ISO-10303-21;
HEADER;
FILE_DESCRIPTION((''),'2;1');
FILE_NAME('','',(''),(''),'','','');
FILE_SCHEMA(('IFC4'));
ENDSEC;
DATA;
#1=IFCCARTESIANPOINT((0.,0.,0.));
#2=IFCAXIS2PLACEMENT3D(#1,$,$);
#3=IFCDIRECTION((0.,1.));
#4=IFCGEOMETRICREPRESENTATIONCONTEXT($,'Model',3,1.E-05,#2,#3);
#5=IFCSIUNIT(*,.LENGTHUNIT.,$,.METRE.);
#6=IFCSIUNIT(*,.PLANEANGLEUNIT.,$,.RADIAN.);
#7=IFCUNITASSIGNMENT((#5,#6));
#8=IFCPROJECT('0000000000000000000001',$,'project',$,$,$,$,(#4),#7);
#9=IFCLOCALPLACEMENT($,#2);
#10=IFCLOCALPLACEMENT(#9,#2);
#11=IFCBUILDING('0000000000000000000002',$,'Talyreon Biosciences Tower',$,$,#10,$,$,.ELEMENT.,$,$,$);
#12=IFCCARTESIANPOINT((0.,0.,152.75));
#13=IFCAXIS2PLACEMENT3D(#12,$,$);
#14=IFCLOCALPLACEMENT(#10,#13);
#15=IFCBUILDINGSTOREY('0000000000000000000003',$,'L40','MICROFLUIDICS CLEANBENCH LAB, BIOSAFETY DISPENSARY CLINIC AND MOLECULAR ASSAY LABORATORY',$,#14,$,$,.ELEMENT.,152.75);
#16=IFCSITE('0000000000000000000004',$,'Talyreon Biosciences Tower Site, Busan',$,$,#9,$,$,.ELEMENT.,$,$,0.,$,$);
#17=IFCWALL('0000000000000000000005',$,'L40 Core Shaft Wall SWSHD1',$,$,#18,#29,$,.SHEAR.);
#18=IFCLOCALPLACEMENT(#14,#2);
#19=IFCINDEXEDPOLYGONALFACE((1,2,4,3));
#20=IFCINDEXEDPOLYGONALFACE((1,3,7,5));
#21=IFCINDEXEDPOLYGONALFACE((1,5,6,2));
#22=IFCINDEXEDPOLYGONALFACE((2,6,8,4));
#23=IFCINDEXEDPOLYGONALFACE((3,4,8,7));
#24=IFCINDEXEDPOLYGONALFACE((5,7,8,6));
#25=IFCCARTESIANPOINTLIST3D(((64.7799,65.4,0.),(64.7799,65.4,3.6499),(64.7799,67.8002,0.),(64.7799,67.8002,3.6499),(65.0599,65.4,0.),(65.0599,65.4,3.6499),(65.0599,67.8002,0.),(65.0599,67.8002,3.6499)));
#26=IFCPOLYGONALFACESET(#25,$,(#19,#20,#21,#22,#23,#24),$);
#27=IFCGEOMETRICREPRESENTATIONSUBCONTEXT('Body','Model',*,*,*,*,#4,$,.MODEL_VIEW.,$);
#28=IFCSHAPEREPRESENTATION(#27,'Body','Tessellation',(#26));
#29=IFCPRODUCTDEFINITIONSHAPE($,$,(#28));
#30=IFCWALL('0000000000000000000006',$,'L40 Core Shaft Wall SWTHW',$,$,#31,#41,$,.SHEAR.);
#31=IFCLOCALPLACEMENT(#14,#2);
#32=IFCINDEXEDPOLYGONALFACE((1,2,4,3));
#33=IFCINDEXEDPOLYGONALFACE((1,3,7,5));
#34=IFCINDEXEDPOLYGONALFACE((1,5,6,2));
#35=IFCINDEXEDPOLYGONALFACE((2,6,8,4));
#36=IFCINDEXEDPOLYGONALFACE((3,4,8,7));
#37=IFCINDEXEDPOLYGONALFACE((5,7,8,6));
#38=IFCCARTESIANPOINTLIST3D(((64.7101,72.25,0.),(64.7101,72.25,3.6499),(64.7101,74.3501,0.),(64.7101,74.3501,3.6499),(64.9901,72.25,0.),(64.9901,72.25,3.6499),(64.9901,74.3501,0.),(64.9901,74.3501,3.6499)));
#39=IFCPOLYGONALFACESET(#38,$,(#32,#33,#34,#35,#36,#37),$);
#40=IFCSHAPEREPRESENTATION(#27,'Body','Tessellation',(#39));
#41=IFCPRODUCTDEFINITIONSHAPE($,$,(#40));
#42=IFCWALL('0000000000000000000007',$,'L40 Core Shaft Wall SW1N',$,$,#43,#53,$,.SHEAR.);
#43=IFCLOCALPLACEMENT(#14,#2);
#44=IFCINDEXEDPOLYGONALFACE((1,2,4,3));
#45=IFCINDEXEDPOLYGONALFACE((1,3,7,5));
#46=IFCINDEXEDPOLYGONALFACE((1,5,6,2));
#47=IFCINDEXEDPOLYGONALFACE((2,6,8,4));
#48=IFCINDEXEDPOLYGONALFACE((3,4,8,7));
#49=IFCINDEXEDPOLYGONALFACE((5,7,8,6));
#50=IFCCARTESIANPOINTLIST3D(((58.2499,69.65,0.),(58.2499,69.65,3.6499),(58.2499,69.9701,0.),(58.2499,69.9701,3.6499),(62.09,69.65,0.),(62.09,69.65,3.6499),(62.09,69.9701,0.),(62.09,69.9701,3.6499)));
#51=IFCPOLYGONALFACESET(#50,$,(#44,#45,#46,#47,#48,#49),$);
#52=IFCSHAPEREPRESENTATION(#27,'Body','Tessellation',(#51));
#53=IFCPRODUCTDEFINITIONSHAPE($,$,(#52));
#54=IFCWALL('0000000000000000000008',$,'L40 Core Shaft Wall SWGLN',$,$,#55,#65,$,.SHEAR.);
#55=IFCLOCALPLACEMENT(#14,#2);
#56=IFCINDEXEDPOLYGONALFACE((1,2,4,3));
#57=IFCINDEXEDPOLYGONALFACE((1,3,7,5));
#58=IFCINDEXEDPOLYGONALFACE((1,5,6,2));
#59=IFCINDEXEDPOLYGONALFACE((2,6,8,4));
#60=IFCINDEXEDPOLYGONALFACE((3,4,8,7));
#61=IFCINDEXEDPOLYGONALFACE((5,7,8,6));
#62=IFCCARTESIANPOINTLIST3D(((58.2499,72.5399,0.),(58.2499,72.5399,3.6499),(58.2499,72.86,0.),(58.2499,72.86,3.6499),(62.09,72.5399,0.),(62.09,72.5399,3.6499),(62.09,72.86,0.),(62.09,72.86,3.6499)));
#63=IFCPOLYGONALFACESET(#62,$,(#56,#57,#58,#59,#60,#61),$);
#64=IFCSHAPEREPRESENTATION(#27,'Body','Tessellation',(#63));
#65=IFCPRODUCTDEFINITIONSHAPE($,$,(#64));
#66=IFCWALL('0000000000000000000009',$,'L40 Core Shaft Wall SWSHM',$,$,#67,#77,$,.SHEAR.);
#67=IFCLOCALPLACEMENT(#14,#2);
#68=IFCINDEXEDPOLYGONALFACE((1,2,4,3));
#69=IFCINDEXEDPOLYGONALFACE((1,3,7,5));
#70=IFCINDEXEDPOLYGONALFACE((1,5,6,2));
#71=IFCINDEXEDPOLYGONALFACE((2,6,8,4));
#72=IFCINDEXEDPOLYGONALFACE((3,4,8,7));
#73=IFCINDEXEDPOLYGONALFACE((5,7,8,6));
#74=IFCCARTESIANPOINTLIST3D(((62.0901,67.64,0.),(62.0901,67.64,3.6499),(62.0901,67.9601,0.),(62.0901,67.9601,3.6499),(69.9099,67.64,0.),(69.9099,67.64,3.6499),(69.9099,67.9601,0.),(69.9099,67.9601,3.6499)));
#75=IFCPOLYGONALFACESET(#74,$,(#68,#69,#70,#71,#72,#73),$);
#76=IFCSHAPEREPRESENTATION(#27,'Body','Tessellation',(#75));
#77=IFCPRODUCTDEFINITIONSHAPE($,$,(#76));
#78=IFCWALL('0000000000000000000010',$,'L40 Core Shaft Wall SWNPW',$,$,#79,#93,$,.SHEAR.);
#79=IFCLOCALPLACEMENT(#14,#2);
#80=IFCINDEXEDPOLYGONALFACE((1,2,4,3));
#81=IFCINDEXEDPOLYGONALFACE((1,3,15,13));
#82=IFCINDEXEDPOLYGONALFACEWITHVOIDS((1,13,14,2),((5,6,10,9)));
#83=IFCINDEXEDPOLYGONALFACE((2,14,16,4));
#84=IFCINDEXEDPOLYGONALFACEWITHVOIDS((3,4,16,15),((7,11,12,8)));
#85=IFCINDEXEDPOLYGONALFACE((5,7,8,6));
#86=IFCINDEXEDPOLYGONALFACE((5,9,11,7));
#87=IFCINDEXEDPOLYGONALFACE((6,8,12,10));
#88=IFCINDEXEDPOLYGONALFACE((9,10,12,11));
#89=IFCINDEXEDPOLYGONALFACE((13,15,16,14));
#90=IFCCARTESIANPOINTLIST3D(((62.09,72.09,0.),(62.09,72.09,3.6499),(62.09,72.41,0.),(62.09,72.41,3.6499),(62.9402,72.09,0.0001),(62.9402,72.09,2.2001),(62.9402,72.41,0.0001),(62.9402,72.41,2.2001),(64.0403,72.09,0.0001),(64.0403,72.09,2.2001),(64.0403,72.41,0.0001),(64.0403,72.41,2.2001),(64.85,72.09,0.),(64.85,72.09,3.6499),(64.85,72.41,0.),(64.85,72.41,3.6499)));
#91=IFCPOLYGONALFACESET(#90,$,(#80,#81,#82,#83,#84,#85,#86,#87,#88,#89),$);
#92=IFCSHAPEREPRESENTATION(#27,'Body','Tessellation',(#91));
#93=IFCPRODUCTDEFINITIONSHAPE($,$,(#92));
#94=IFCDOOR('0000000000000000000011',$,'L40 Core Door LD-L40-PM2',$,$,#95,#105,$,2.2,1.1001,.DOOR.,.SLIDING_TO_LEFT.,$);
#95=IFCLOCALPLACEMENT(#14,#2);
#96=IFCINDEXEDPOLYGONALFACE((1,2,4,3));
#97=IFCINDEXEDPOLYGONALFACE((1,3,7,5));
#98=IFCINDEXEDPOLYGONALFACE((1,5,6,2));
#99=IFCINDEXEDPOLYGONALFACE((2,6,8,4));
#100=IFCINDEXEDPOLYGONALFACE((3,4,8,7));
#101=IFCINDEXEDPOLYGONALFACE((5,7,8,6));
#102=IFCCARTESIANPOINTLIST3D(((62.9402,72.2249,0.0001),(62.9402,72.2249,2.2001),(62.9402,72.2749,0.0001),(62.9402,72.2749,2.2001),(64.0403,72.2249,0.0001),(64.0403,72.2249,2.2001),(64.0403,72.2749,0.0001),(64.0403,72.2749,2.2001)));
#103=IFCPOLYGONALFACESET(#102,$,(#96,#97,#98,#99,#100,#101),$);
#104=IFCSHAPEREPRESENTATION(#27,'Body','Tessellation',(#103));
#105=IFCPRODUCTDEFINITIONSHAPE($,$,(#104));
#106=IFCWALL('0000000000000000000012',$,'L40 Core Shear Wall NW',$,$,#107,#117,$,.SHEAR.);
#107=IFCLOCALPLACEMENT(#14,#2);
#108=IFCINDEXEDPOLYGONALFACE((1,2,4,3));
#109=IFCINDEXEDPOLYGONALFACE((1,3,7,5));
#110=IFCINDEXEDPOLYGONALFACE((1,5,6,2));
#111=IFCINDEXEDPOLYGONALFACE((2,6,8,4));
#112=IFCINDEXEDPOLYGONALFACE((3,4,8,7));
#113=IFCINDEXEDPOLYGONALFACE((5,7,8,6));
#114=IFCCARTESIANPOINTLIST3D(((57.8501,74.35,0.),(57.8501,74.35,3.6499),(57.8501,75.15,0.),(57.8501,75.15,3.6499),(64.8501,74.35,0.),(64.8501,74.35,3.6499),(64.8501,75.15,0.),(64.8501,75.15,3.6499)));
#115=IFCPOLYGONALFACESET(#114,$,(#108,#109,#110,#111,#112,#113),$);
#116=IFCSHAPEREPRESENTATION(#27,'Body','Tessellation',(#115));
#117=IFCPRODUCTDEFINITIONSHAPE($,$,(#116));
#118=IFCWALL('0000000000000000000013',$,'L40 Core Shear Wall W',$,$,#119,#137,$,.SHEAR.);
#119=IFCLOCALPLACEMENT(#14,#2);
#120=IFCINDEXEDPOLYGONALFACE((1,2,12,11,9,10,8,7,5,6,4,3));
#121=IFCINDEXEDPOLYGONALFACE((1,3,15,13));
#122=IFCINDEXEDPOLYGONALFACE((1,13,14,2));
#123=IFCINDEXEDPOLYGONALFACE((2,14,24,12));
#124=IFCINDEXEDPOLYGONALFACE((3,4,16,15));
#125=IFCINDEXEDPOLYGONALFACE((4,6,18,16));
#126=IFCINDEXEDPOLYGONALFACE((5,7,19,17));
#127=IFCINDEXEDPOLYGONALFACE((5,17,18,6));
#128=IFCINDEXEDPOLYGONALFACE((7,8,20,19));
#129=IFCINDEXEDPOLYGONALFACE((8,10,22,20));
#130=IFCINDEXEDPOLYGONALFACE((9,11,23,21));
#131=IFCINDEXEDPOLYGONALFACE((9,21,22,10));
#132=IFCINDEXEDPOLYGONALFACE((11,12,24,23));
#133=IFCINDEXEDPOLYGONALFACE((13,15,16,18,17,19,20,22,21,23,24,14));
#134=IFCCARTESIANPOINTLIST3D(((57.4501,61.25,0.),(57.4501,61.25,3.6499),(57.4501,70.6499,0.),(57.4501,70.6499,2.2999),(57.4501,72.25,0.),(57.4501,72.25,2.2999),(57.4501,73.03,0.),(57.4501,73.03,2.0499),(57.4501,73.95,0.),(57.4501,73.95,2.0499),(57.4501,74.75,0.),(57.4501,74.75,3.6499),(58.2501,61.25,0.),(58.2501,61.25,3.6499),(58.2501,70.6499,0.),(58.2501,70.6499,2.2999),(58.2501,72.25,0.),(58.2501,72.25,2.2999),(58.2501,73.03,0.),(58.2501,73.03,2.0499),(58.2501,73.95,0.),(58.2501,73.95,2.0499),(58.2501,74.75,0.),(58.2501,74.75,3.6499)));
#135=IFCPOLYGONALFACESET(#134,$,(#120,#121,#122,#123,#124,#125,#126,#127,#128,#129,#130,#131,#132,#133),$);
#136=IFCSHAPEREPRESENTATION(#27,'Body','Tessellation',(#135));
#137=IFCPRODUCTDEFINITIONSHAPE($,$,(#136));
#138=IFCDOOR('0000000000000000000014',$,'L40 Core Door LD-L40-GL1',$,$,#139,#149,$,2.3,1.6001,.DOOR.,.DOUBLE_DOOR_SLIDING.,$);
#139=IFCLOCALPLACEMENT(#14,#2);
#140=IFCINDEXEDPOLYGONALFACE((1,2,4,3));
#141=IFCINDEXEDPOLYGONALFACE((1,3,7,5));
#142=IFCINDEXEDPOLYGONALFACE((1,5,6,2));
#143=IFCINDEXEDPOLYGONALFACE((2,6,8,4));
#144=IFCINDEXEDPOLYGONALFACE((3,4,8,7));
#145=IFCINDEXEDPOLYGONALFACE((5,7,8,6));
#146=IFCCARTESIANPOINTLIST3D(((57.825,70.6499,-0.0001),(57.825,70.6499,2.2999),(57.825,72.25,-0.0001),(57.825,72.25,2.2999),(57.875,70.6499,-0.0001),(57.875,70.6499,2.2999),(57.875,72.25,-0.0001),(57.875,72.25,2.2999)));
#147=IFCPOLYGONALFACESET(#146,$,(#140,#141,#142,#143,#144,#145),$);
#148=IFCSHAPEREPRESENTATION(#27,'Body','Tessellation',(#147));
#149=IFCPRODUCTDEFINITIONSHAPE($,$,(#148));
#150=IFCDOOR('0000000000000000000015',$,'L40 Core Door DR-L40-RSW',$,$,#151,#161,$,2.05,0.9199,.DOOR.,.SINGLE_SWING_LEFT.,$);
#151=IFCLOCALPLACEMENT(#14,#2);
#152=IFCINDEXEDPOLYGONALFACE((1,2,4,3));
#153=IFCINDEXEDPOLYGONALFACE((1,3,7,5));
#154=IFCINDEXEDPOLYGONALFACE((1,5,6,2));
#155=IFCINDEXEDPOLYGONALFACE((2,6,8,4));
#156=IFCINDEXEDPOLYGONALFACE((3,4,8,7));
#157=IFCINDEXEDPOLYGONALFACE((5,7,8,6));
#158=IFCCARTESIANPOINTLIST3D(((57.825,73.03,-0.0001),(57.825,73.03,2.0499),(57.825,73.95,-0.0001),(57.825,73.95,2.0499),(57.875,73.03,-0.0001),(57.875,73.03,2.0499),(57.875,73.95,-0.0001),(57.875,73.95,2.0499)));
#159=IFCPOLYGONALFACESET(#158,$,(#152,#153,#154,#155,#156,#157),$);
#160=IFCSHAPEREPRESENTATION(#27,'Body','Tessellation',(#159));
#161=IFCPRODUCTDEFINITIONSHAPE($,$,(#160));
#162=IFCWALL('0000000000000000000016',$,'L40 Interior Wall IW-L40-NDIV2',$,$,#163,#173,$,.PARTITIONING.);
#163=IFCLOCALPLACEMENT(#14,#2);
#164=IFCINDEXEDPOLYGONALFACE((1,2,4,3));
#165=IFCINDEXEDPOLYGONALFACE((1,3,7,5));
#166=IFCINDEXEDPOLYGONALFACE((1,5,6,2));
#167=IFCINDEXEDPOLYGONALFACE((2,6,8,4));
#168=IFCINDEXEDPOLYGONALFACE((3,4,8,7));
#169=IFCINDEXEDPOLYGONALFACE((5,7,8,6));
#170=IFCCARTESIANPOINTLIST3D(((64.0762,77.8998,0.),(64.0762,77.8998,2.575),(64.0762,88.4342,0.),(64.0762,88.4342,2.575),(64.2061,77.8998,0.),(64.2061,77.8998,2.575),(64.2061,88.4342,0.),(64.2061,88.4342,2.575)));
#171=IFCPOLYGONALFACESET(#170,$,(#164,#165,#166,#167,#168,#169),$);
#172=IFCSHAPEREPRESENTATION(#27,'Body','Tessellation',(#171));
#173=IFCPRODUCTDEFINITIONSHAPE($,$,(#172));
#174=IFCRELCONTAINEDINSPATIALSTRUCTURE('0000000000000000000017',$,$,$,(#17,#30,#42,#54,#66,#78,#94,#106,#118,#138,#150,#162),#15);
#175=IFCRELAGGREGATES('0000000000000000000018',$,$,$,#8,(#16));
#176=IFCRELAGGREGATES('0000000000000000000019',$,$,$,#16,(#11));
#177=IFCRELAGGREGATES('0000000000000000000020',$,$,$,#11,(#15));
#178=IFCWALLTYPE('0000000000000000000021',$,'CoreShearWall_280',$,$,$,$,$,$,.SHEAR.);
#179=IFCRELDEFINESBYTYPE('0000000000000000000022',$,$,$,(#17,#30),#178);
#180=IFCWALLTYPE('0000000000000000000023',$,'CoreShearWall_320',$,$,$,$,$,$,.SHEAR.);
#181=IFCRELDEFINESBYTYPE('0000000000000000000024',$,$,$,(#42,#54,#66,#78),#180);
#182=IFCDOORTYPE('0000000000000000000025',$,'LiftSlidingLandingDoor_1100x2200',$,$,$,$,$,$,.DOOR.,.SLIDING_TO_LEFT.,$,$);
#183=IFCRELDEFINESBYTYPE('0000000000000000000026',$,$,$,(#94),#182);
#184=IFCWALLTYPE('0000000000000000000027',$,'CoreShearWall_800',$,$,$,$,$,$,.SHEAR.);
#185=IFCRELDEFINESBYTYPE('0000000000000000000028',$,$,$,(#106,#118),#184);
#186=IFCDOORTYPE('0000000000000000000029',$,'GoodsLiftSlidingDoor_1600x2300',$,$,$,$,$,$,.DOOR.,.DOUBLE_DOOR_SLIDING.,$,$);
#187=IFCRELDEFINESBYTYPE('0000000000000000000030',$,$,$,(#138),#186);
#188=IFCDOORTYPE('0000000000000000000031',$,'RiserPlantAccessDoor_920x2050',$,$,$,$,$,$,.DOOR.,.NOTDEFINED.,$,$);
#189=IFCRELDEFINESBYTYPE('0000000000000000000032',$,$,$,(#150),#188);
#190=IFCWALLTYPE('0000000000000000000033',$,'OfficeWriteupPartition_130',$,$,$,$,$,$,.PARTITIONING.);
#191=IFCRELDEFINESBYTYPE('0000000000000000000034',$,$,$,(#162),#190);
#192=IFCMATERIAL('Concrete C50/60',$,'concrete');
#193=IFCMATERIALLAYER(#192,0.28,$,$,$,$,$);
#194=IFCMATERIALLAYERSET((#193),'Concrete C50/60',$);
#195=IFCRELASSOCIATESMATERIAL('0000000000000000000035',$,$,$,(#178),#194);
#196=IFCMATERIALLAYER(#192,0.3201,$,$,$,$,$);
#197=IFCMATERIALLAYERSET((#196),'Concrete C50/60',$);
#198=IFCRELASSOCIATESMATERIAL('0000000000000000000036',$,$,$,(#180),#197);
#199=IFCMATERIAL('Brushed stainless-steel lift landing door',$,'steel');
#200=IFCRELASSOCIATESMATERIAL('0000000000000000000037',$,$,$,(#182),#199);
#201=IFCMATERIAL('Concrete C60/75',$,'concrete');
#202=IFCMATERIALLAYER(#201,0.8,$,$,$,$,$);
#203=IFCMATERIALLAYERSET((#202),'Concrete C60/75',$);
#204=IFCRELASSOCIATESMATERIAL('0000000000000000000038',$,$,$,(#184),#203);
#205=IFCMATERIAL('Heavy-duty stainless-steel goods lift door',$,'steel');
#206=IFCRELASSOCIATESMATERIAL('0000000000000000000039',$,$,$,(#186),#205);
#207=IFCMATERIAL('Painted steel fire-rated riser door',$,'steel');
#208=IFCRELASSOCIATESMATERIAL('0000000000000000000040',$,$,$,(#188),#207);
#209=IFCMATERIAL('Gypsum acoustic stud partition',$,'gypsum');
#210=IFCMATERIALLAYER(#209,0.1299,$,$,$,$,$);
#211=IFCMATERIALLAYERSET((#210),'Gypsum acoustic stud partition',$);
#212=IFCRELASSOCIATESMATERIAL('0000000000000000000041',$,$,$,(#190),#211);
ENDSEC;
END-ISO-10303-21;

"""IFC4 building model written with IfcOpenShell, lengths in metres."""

from ifc_helpers import new_model, si_unit, direction, frame, frame_2d, origin, place, context, subcontext, project, spatial, rectangle, extrude, material, layer, layer_set, type_object, element, fill, save


model = new_model("IFC4")

# Units and contexts
model_context = context("Model", 3, precision=1e-05, world=origin(), true_north=direction((0.0, 1.0)))
body_context = subcontext(model_context, "Body", "Model", "MODEL_VIEW")
ifc_project = project(units=[si_unit("LENGTHUNIT", "METRE"), si_unit("PLANEANGLEUNIT", "RADIAN")], contexts=[model_context])

# Site, building, storey
site_placement = place(None, origin())
site = spatial("IfcSite", under=ifc_project, at=site_placement, Name="Talyreon Biosciences Tower Site, Busan", CompositionType="ELEMENT", RefElevation=0.0)
building_placement = place(site_placement, origin())
building = spatial("IfcBuilding", under=site, at=building_placement, Name="Talyreon Biosciences Tower", CompositionType="ELEMENT")
storey_placement = place(building_placement, frame((0.0, 0.0, 152.75)))
storey = spatial("IfcBuildingStorey", under=building, at=storey_placement, Name="L40", Description="MICROFLUIDICS CLEANBENCH LAB, BIOSAFETY DISPENSARY CLINIC AND MOLECULAR ASSAY LABORATORY", CompositionType="ELEMENT", Elevation=152.75)

# Shared definitions
ifc_material_1 = material(Name="Concrete C60/75", Category="concrete")
ifc_material_2 = material(Name="Concrete C50/60", Category="concrete")

# Walls
ifc_layer_1 = layer(ifc_material_2, 0.28)
ifc_layer_set_1 = layer_set([ifc_layer_1], Name="Concrete C50/60")
wall_type_1 = type_object("IfcWallType", Name="CoreShearWall_280", PredefinedType="SHEAR", material=ifc_layer_set_1)
wall_1_placement = place(storey_placement, frame((64.9199, 65.3999, 0.0), z_axis=(0.0, 0.0, 1.0), x_axis=(0.0, 1.0, 0.0)))
element("IfcWall", 1, at=wall_1_placement, inside=storey, type_object=wall_type_1, Name="L40 Core Shaft Wall SWSHD1", PredefinedType="SHEAR", context=body_context, shape_type="SweptSolid", body=[
    extrude(rectangle(XDim=2.4001, YDim=0.28, at=frame_2d((1.2002, 0.0))), origin(), (0.0, 0.0, 1.0), 3.6499),
])
wall_2_placement = place(storey_placement, frame((64.8501, 72.25, 0.0), z_axis=(0.0, 0.0, 1.0), x_axis=(0.0, 1.0, 0.0)))
element("IfcWall", 2, at=wall_2_placement, inside=storey, type_object=wall_type_1, Name="L40 Core Shaft Wall SWTHW", PredefinedType="SHEAR", context=body_context, shape_type="SweptSolid", body=[
    extrude(rectangle(XDim=2.1001, YDim=0.28, at=frame_2d((1.05, 0.0))), origin(), (0.0, 0.0, 1.0), 3.6499),
])
ifc_layer_2 = layer(ifc_material_2, 0.3201)
ifc_layer_set_2 = layer_set([ifc_layer_2], Name="Concrete C50/60")
wall_type_2 = type_object("IfcWallType", Name="CoreShearWall_320", PredefinedType="SHEAR", material=ifc_layer_set_2)
for number, where, z_axis, x_axis, name in (
    (3, (58.25, 69.8101, 0.0), (0.0, 0.0, 1.0), (1.0, 0.0, 0.0), "L40 Core Shaft Wall SW1N"),
    (4, (58.25, 72.7, 0.0), (0.0, 0.0, 1.0), (1.0, 0.0, 0.0), "L40 Core Shaft Wall SWGLN"),
):
    element("IfcWall", number, at=place(storey_placement, frame(where, z_axis=z_axis, x_axis=x_axis)), inside=storey, type_object=wall_type_2, Name=name, PredefinedType="SHEAR", context=body_context, shape_type="SweptSolid", body=[
        extrude(rectangle(XDim=3.8401, YDim=0.3201, at=frame_2d((1.9199, 0.0))), origin(), (0.0, 0.0, 1.0), 3.6499),
    ])
wall_3_placement = place(storey_placement, frame((62.0901, 67.8, 0.0), z_axis=(0.0, 0.0, 1.0), x_axis=(1.0, 0.0, 0.0)))
element("IfcWall", 5, at=wall_3_placement, inside=storey, type_object=wall_type_2, Name="L40 Core Shaft Wall SWSHM", PredefinedType="SHEAR", context=body_context, shape_type="SweptSolid", body=[
    extrude(rectangle(XDim=7.8198, YDim=0.3201, at=frame_2d((3.9099, 0.0))), origin(), (0.0, 0.0, 1.0), 3.6499),
])

# Shared definitions
ifc_material_3 = material(Name="Brushed stainless-steel lift landing door", Category="steel")
door_type_1 = type_object("IfcDoorType", Name="LiftSlidingLandingDoor_1100x2200", OperationType="SLIDING_TO_LEFT", PredefinedType="DOOR", material=ifc_material_3)

# Wall, opening, door
wall_4_placement = place(storey_placement, frame((62.0901, 72.25, 0.0), z_axis=(0.0, 0.0, 1.0), x_axis=(1.0, 0.0, 0.0)))
wall_4 = element("IfcWall", 6, at=wall_4_placement, inside=storey, type_object=wall_type_2, Name="L40 Core Shaft Wall SWNPW", PredefinedType="SHEAR", context=body_context, shape_type="SweptSolid", body=[
    extrude(rectangle(XDim=2.76, YDim=0.3201, at=frame_2d((1.3799, 0.0))), origin(), (0.0, 0.0, 1.0), 3.6499),
])
opening_1_placement = place(wall_4_placement, frame((0.8501, 0.0, 0.0)))
opening_1 = element("IfcOpeningElement", 7, at=opening_1_placement, cuts=wall_4, PredefinedType="OPENING", context=body_context, shape_type="SweptSolid", body=[
    extrude(rectangle(XDim=1.1001, YDim=2.2, at=frame_2d((0.55, 1.1001))), frame((0.0, 0.1699, 0.0), z_axis=(0.0, -1.0, 0.0), x_axis=(1.0, 0.0, 0.0)), (0.0, 0.0, 1.0), 0.3401),
])
door_1_placement = place(opening_1_placement, origin())
door_1 = element("IfcDoor", 8, at=door_1_placement, inside=storey, type_object=door_type_1, Name="L40 Core Door LD-L40-PM2", OperationType="SLIDING_TO_LEFT", OverallHeight=2.2, OverallWidth=1.1001, PredefinedType="DOOR", context=body_context, shape_type="SweptSolid", body=[
    extrude(rectangle(XDim=1.1001, YDim=2.2, at=frame_2d((0.55, 1.1001))), frame((0.0, 0.0249, 0.0), z_axis=(0.0, -1.0, 0.0), x_axis=(1.0, 0.0, 0.0)), (0.0, 0.0, 1.0), 0.05),
])
fill(opening_1, door_1)

# Wall
ifc_layer_3 = layer(ifc_material_1, 0.8)
ifc_layer_set_3 = layer_set([ifc_layer_3], Name="Concrete C60/75")
wall_type_3 = type_object("IfcWallType", Name="CoreShearWall_800", PredefinedType="SHEAR", material=ifc_layer_set_3)
wall_5_placement = place(storey_placement, frame((64.8501, 74.75, 0.0), z_axis=(0.0, 0.0, 1.0), x_axis=(-1.0, 0.0, 0.0)))
element("IfcWall", 9, at=wall_5_placement, inside=storey, type_object=wall_type_3, Name="L40 Core Shear Wall NW", PredefinedType="SHEAR", context=body_context, shape_type="SweptSolid", body=[
    extrude(rectangle(XDim=7.0, YDim=0.8, at=frame_2d((3.5, 0.0))), origin(), (0.0, 0.0, 1.0), 3.6499),
])

# Wall, openings, doors
wall_6_placement = place(storey_placement, frame((57.8501, 74.75, 0.0), z_axis=(0.0, 0.0, 1.0), x_axis=(0.0, -1.0, 0.0)))
wall_6 = element("IfcWall", 10, at=wall_6_placement, inside=storey, type_object=wall_type_3, Name="L40 Core Shear Wall W", PredefinedType="SHEAR", context=body_context, shape_type="SweptSolid", body=[
    extrude(rectangle(XDim=13.5, YDim=0.8, at=frame_2d((6.75, 0.0))), origin(), (0.0, 0.0, 1.0), 3.6499),
])
opening_2_placement = place(wall_6_placement, frame((0.8, 0.0, 0.0)))
opening_2 = element("IfcOpeningElement", 11, at=opening_2_placement, cuts=wall_6, PredefinedType="OPENING", context=body_context, shape_type="SweptSolid", body=[
    extrude(rectangle(XDim=0.9199, YDim=2.05, at=frame_2d((0.46, 1.0249))), frame((0.0, 0.4099, 0.0), z_axis=(0.0, -1.0, 0.0), x_axis=(1.0, 0.0, 0.0)), (0.0, 0.0, 1.0), 0.8201),
])
opening_3_placement = place(wall_6_placement, frame((2.5, 0.0, 0.0)))
opening_3 = element("IfcOpeningElement", 12, at=opening_3_placement, cuts=wall_6, PredefinedType="OPENING", context=body_context, shape_type="SweptSolid", body=[
    extrude(rectangle(XDim=1.6001, YDim=2.3, at=frame_2d((0.8, 1.1499))), frame((0.0, 0.4099, 0.0), z_axis=(0.0, -1.0, 0.0), x_axis=(1.0, 0.0, 0.0)), (0.0, 0.0, 1.0), 0.8201),
])
ifc_material_4 = material(Name="Heavy-duty stainless-steel goods lift door", Category="steel")
door_type_2 = type_object("IfcDoorType", Name="GoodsLiftSlidingDoor_1600x2300", OperationType="DOUBLE_DOOR_SLIDING", PredefinedType="DOOR", material=ifc_material_4)
door_2_placement = place(opening_3_placement, origin())
door_2 = element("IfcDoor", 13, at=door_2_placement, inside=storey, type_object=door_type_2, Name="L40 Core Door LD-L40-GL1", OperationType="DOUBLE_DOOR_SLIDING", OverallHeight=2.3, OverallWidth=1.6001, PredefinedType="DOOR", context=body_context, shape_type="SweptSolid", body=[
    extrude(rectangle(XDim=1.6001, YDim=2.3, at=frame_2d((0.8, 1.1499))), frame((0.0, 0.0249, 0.0), z_axis=(0.0, -1.0, 0.0), x_axis=(1.0, 0.0, 0.0)), (0.0, 0.0, 1.0), 0.05),
])
fill(opening_3, door_2)
ifc_material_5 = material(Name="Painted steel fire-rated riser door", Category="steel")
door_type_3 = type_object("IfcDoorType", Name="RiserPlantAccessDoor_920x2050", OperationType="NOTDEFINED", PredefinedType="DOOR", material=ifc_material_5)
door_3_placement = place(opening_2_placement, origin())
door_3 = element("IfcDoor", 14, at=door_3_placement, inside=storey, type_object=door_type_3, Name="L40 Core Door DR-L40-RSW", OperationType="SINGLE_SWING_LEFT", OverallHeight=2.05, OverallWidth=0.9199, PredefinedType="DOOR", context=body_context, shape_type="SweptSolid", body=[
    extrude(rectangle(XDim=0.9199, YDim=2.05, at=frame_2d((0.46, 1.0249))), frame((0.0, 0.0249, 0.0), z_axis=(0.0, -1.0, 0.0), x_axis=(1.0, 0.0, 0.0)), (0.0, 0.0, 1.0), 0.05),
])
fill(opening_2, door_3)

# Wall
ifc_material_6 = material(Name="Gypsum acoustic stud partition", Category="gypsum")
ifc_layer_4 = layer(ifc_material_6, 0.1299)
ifc_layer_set_4 = layer_set([ifc_layer_4], Name="Gypsum acoustic stud partition")
wall_type_4 = type_object("IfcWallType", Name="OfficeWriteupPartition_130", PredefinedType="PARTITIONING", material=ifc_layer_set_4)
wall_7_placement = place(storey_placement, frame((64.1411, 77.8999, 0.0), z_axis=(0.0, 0.0, 1.0), x_axis=(0.0, 1.0, 0.0)))
element("IfcWall", 15, at=wall_7_placement, inside=storey, type_object=wall_type_4, Name="L40 Interior Wall IW-L40-NDIV2", PredefinedType="PARTITIONING", context=body_context, shape_type="SweptSolid", body=[
    extrude(rectangle(XDim=10.5344, YDim=0.1299, at=frame_2d((5.2671, 0.0))), origin(), (0.0, 0.0, 1.0), 2.575),
])

save(model, "model.ifc")
